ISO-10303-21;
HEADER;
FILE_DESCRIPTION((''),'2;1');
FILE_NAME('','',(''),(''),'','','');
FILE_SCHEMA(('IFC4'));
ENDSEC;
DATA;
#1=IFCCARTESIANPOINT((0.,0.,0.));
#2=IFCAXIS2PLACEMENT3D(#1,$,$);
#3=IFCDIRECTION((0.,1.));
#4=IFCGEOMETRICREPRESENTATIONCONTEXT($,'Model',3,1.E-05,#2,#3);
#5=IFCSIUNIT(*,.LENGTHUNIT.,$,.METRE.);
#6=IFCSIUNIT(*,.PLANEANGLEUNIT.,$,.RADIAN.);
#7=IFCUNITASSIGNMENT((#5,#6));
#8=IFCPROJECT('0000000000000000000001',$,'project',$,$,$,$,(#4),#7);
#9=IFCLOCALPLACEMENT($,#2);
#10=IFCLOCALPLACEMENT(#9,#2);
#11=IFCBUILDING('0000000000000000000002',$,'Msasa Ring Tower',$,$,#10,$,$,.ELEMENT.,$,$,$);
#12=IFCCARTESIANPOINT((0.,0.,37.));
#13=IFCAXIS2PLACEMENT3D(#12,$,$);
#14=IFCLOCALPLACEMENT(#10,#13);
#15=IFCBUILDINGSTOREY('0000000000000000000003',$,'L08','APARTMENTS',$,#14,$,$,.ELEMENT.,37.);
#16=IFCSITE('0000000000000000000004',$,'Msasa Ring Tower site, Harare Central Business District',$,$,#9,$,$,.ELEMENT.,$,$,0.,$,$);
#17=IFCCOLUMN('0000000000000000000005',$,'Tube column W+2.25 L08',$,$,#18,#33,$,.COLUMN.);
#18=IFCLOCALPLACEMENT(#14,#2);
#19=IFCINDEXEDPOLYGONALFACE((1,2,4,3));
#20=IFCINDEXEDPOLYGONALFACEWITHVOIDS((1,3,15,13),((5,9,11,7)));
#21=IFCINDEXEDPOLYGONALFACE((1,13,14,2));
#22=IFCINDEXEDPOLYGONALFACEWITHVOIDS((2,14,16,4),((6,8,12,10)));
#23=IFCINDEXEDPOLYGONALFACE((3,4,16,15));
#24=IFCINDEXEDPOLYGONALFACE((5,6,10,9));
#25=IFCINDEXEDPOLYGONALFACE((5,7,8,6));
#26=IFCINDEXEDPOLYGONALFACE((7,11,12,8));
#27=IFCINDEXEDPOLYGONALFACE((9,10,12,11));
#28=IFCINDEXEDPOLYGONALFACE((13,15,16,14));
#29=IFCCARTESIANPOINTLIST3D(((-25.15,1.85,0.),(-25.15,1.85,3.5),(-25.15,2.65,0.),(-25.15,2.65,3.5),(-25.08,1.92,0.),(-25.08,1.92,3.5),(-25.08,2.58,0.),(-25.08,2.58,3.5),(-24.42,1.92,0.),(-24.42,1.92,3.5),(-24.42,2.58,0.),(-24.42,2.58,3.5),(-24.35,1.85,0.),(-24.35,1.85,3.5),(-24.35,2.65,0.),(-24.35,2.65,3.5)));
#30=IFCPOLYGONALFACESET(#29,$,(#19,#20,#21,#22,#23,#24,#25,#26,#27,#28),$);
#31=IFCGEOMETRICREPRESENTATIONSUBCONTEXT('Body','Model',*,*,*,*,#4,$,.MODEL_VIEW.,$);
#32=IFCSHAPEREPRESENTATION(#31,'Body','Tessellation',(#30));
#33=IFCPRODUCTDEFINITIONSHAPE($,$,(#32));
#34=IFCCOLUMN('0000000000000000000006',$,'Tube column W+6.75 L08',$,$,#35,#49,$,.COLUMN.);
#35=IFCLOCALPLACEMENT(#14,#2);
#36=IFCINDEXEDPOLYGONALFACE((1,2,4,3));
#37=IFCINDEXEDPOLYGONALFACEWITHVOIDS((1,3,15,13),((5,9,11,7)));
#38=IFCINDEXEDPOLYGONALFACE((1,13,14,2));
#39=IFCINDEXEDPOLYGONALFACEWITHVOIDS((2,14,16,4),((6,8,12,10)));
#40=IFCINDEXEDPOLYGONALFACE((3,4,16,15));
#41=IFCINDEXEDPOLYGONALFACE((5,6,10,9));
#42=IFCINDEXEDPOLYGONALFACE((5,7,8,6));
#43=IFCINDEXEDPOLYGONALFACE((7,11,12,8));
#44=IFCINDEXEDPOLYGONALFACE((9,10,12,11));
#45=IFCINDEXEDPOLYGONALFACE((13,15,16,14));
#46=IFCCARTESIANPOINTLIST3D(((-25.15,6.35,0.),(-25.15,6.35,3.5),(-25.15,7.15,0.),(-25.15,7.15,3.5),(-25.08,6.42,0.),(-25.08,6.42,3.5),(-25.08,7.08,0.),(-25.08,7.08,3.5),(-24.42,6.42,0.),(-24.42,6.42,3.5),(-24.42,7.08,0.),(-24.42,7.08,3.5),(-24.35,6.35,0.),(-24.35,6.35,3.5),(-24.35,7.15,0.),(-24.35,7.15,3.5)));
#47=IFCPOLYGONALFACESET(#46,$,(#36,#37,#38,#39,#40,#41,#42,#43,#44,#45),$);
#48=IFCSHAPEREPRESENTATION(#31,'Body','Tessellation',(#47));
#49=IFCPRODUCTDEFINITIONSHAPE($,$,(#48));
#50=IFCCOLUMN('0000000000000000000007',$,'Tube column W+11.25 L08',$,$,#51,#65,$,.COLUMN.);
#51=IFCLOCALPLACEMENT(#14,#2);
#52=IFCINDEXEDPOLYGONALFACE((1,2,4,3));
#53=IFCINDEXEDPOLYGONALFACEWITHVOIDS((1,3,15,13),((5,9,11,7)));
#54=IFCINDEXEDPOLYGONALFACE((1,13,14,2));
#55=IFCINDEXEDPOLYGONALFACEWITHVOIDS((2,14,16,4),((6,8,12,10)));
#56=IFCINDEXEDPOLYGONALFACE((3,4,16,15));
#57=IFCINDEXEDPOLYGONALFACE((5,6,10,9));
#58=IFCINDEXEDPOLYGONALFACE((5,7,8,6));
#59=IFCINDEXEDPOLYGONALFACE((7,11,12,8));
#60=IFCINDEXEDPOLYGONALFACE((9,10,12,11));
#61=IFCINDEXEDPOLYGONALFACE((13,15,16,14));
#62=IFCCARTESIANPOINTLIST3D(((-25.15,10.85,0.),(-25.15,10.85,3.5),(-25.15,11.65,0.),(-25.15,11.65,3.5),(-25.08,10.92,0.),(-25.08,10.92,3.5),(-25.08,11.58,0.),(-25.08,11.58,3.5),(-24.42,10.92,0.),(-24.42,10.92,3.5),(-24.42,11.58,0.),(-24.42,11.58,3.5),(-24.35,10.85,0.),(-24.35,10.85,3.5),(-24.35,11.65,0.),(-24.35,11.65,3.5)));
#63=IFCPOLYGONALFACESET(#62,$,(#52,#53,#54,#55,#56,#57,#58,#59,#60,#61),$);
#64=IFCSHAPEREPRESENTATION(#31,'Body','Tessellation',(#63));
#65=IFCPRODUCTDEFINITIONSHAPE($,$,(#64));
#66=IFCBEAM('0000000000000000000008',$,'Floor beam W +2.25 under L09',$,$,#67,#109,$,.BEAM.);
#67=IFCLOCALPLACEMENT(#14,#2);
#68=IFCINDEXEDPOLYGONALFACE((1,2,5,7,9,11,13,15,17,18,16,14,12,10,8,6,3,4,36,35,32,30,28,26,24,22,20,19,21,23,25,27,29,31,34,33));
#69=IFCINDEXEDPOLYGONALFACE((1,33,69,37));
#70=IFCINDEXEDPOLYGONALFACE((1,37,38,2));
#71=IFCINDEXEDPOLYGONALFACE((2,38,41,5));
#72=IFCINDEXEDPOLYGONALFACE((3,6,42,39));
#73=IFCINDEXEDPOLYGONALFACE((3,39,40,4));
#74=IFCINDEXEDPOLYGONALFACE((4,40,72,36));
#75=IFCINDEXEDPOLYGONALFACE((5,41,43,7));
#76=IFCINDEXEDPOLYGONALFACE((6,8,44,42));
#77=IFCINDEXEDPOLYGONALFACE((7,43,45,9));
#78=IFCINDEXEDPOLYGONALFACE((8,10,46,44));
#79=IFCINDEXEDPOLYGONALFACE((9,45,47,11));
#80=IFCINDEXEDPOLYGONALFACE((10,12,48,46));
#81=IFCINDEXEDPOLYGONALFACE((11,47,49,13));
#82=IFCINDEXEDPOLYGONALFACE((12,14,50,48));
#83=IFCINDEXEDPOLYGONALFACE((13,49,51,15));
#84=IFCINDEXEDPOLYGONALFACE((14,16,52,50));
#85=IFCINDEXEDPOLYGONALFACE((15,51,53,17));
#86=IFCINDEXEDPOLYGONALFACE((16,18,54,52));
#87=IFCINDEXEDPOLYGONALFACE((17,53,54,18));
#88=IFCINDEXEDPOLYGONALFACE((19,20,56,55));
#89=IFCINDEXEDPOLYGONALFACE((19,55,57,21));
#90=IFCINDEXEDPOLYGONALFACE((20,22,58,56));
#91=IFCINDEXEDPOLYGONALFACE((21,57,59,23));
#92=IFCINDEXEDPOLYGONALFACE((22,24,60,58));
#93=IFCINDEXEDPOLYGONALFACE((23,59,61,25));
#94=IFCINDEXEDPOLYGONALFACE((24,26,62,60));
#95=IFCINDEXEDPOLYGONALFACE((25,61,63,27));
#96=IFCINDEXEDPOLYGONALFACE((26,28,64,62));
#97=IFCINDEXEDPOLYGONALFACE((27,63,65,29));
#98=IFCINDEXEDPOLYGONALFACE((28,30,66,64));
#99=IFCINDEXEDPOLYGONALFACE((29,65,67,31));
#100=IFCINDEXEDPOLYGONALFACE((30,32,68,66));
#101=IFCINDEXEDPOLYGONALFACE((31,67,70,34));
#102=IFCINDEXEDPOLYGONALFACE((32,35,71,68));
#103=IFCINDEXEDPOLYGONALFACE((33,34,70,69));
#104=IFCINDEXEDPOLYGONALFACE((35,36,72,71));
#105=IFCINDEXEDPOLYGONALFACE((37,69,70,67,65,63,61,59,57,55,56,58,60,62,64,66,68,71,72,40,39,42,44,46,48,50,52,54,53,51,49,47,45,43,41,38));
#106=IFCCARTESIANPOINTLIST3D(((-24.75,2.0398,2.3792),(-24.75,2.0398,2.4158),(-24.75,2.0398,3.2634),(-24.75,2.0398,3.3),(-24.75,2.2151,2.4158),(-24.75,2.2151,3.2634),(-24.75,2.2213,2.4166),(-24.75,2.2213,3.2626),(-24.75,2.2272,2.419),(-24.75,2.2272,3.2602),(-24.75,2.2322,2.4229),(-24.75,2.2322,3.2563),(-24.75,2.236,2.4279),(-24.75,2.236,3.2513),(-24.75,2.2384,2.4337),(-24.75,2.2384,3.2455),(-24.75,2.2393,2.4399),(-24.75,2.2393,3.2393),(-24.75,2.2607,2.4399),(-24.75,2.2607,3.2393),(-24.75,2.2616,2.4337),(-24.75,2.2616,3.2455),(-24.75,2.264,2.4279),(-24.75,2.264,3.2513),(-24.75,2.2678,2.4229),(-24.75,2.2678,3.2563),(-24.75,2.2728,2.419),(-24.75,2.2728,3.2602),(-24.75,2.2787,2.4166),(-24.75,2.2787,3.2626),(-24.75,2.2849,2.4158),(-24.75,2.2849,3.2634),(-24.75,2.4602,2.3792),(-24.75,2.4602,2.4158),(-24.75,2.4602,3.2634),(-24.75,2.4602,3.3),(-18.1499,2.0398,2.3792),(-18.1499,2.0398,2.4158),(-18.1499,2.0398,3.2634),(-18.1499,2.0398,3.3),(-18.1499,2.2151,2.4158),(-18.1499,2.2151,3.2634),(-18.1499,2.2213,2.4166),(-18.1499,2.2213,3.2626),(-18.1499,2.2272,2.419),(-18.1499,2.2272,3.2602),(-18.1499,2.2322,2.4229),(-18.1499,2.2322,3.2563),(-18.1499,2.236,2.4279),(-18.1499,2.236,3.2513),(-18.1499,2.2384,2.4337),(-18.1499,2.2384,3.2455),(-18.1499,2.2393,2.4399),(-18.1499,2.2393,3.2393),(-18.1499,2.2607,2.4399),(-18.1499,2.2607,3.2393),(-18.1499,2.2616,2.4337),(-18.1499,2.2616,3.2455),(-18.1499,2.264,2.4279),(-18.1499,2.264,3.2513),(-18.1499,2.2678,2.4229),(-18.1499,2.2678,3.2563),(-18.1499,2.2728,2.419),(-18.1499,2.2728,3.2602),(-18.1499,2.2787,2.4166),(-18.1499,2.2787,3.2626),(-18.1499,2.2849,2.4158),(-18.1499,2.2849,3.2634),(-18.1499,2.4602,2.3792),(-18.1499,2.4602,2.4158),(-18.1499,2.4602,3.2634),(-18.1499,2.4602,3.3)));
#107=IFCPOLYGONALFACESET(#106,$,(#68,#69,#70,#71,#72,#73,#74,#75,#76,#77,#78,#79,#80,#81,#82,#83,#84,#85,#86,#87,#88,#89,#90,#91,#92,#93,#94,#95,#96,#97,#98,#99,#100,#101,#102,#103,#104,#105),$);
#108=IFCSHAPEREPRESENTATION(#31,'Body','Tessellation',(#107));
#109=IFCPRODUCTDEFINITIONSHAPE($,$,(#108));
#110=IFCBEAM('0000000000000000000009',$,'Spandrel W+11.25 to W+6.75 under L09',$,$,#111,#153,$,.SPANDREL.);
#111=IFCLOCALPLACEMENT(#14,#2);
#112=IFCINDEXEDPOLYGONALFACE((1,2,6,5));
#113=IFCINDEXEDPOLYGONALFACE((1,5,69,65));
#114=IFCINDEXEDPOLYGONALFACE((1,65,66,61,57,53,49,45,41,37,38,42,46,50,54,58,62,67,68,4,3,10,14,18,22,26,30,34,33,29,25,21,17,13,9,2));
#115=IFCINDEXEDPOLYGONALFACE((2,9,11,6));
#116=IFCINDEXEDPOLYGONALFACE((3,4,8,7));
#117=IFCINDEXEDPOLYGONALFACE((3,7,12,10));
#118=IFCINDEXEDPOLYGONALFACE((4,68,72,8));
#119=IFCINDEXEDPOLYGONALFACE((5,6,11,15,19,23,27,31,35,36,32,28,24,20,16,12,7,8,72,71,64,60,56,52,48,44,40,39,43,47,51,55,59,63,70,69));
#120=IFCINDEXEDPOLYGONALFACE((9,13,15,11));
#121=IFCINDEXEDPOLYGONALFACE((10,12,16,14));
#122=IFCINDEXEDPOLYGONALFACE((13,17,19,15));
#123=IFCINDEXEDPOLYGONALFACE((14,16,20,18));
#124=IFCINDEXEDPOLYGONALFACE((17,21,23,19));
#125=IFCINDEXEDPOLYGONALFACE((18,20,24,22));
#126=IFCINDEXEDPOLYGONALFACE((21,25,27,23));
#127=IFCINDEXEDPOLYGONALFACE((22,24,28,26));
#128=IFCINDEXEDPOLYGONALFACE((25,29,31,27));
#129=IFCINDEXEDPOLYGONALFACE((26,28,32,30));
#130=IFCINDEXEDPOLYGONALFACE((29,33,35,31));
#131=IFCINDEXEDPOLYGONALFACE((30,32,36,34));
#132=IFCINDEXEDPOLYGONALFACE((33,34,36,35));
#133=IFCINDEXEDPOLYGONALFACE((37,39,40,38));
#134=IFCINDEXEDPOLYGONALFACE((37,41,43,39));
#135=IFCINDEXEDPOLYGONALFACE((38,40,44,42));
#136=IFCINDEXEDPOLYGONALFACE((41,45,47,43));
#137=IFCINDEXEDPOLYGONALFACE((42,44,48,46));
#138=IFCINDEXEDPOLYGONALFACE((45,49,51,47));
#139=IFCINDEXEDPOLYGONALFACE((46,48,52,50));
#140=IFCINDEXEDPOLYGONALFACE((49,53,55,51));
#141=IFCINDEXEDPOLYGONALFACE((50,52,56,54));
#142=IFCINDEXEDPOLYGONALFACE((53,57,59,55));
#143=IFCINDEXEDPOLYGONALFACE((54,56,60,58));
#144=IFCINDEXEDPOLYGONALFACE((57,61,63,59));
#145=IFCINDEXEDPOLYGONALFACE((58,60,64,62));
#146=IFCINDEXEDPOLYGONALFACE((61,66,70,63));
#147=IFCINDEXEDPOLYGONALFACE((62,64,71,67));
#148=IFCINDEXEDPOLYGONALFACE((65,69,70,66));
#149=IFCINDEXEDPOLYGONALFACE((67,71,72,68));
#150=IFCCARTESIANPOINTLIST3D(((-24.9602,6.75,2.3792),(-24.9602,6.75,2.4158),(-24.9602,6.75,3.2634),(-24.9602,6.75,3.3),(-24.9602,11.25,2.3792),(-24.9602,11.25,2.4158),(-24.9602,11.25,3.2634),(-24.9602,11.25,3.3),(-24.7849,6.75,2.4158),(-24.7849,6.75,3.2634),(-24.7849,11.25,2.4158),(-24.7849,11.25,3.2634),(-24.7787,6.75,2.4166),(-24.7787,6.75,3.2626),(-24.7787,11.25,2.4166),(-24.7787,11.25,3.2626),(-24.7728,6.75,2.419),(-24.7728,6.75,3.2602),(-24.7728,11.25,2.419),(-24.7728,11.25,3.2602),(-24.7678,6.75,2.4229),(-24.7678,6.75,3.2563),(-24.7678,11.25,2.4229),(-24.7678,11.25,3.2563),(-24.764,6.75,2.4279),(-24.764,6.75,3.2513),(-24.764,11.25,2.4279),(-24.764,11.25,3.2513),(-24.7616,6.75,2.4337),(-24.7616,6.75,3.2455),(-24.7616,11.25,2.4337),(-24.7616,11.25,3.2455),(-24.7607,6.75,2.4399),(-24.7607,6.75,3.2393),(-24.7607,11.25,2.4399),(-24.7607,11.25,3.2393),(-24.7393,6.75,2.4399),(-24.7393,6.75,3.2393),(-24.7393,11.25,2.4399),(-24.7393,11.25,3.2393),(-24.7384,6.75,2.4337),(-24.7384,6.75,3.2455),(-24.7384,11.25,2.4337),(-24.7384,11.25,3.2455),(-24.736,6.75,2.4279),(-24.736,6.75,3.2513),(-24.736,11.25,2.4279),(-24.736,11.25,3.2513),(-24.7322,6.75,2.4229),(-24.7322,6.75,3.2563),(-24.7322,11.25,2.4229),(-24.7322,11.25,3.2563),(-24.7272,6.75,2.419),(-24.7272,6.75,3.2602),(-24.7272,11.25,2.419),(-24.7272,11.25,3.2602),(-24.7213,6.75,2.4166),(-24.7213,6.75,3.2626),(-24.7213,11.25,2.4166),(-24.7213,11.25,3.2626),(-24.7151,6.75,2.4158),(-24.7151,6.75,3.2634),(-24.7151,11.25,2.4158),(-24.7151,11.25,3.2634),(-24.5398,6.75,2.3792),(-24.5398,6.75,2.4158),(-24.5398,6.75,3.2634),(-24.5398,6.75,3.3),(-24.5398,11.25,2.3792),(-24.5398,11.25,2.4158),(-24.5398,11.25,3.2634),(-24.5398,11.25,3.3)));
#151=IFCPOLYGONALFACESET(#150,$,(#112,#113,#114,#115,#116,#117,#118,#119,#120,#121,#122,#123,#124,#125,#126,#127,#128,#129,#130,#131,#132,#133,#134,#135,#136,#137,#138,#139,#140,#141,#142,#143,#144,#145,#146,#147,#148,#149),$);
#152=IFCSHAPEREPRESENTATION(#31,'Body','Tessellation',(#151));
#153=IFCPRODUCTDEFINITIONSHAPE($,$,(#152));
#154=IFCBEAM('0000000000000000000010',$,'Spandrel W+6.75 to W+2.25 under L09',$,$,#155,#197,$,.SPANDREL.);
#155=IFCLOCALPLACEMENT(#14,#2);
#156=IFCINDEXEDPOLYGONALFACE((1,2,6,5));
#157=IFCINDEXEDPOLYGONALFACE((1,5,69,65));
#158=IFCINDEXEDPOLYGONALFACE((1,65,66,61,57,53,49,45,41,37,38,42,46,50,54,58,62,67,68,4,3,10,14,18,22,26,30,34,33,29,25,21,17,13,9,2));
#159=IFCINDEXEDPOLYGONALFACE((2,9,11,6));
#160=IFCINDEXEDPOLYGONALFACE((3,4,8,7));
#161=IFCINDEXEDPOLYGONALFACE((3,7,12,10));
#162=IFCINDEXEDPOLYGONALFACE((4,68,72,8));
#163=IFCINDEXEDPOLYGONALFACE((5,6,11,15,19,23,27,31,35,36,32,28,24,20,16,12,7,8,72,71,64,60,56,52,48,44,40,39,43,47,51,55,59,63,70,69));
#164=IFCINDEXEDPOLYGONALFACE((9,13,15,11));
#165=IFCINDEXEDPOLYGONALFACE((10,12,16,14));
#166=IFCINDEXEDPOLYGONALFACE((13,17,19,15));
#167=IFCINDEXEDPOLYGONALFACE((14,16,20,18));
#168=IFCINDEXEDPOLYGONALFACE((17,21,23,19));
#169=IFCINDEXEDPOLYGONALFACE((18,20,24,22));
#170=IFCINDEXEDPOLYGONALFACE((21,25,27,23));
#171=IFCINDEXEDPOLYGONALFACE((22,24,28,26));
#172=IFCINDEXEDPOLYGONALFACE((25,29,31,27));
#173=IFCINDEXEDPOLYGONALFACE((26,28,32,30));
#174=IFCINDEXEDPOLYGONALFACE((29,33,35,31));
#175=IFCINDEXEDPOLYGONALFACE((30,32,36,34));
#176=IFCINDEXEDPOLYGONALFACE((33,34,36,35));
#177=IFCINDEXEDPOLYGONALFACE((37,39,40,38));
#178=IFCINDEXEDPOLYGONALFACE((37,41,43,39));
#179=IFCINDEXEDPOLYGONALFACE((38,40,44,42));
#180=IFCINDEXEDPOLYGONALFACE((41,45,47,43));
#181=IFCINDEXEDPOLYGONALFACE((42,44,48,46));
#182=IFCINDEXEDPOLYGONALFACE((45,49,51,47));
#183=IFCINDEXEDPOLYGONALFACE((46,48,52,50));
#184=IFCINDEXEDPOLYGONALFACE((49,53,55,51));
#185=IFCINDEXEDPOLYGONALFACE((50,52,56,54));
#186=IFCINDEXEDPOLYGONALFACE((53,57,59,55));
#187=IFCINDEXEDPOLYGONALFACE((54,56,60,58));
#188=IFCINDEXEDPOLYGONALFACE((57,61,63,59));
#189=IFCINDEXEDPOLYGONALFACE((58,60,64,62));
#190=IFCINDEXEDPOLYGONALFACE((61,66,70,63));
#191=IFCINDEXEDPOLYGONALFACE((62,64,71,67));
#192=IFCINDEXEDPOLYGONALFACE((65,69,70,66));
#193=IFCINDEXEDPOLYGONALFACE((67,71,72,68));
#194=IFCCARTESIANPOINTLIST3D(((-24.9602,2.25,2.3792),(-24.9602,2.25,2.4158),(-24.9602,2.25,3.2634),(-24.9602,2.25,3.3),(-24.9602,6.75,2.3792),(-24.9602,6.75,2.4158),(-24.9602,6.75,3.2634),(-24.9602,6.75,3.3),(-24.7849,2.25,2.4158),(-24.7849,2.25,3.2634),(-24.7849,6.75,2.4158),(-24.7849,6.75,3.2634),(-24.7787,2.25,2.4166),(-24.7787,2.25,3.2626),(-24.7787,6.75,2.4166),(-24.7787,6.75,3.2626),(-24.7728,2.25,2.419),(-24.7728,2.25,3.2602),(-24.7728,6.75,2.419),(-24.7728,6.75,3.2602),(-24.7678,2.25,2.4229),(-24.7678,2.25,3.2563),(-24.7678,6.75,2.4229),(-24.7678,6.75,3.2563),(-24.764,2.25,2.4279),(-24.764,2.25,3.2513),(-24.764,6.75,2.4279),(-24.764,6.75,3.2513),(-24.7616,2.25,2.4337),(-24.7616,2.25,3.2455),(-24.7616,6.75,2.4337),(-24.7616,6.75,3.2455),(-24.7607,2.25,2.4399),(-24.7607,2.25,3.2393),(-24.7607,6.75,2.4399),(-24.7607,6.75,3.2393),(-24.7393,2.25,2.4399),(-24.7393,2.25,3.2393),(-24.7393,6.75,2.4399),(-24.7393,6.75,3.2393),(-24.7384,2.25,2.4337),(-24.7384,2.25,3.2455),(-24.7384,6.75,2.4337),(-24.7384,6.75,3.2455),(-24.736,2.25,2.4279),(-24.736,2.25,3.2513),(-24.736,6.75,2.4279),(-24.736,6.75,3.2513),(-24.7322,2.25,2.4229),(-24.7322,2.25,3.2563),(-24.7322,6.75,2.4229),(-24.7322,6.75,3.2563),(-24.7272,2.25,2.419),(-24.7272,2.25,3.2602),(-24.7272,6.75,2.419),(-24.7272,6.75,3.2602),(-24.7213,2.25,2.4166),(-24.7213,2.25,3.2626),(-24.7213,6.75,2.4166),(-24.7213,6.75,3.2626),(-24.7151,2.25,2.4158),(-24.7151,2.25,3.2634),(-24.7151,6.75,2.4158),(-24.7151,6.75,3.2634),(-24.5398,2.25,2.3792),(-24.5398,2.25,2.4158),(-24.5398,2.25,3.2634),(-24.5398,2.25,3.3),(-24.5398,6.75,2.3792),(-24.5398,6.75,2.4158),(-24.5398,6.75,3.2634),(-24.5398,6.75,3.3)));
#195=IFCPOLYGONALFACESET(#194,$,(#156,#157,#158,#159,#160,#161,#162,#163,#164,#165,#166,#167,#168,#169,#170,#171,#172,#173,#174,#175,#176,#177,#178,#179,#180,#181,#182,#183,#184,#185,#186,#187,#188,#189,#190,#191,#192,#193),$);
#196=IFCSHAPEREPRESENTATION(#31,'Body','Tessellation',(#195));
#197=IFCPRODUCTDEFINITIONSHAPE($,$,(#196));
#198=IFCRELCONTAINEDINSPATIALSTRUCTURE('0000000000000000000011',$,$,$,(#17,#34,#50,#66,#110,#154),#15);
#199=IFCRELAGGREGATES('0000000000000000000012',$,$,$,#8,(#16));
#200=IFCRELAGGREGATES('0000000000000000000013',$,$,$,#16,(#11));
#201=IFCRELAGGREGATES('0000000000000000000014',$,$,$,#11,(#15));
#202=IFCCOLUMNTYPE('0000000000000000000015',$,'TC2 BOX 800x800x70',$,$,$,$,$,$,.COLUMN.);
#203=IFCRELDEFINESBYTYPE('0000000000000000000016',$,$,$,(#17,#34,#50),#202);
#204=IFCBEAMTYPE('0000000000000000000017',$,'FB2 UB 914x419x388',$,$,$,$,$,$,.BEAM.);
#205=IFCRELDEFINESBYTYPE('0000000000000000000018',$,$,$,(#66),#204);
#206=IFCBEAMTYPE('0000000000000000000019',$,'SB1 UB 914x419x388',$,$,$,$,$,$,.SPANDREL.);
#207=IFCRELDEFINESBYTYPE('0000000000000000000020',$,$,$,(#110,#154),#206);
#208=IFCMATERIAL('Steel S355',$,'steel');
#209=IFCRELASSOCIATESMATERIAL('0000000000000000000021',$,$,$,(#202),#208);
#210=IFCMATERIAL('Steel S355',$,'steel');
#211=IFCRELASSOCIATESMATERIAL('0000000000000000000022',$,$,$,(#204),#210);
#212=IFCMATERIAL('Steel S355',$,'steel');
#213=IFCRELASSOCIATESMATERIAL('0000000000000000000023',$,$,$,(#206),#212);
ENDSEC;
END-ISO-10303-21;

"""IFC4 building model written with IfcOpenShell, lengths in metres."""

from ifc_helpers import new_model, si_unit, direction, frame, origin, origin_2d, place, context, subcontext, project, spatial, hollow_rectangle, i_section, extrude, material, material_profile, profile_set, type_object, element, save


model = new_model("IFC4")

# Units and contexts
model_context = context("Model", 3, precision=1e-05, world=origin(), true_north=direction((0.0, 1.0)))
body_context = subcontext(model_context, "Body", "Model", "MODEL_VIEW")
ifc_project = project(units=[si_unit("LENGTHUNIT", "METRE"), si_unit("PLANEANGLEUNIT", "RADIAN")], contexts=[model_context])

# Site, building, storey
site_placement = place(None, origin())
site = spatial("IfcSite", under=ifc_project, at=site_placement, Name="Msasa Ring Tower site, Harare Central Business District", CompositionType="ELEMENT", RefElevation=0.0)
building_placement = place(site_placement, origin())
building = spatial("IfcBuilding", under=site, at=building_placement, Name="Msasa Ring Tower", CompositionType="ELEMENT")
storey_placement = place(building_placement, frame((0.0, 0.0, 37.0)))
storey = spatial("IfcBuildingStorey", under=building, at=storey_placement, Name="L08", Description="APARTMENTS", CompositionType="ELEMENT", Elevation=37.0)

# Columns
ifc_material_1 = material(Name="Steel S355", Category="steel")
ifc_material_profile_1 = material_profile(ifc_material_1, hollow_rectangle(XDim=0.8, YDim=0.8, WallThickness=0.0701, at=origin_2d()), Name="BOX 800x800x70")
ifc_profile_set_1 = profile_set([ifc_material_profile_1], Name="Steel S355")
column_type = type_object("IfcColumnType", Name="TC2 BOX 800x800x70", PredefinedType="COLUMN", material=ifc_profile_set_1)
for number, where, z_axis, x_axis, name in (
    (1, (-24.75, 2.25, 0.0), (0.0, 0.0, 1.0), (1.0, 0.0, 0.0), "Tube column W+2.25 L08"),
    (2, (-24.75, 6.75, 0.0), (0.0, 0.0, 1.0), (1.0, 0.0, 0.0), "Tube column W+6.75 L08"),
    (3, (-24.75, 11.25, 0.0), (0.0, 0.0, 1.0), (1.0, 0.0, 0.0), "Tube column W+11.25 L08"),
):
    element("IfcColumn", number, at=place(storey_placement, frame(where, z_axis=z_axis, x_axis=x_axis)), inside=storey, type_object=column_type, Name=name, PredefinedType="COLUMN", context=body_context, shape_type="SweptSolid", body=[
        extrude(hollow_rectangle(XDim=0.8, YDim=0.8, WallThickness=0.0701, at=origin_2d()), origin(), (0.0, 0.0, 1.0), 3.5),
    ])

# Beams
ifc_material_2 = material(Name="Steel S355", Category="steel")
ifc_material_profile_2 = material_profile(ifc_material_2, i_section(OverallWidth=0.4204, OverallDepth=0.9209, WebThickness=0.0215, FlangeThickness=0.0366, FilletRadius=0.0242, at=origin_2d()), Name="UB 914x419x388")
ifc_profile_set_2 = profile_set([ifc_material_profile_2], Name="Steel S355")
beam_type_1 = type_object("IfcBeamType", Name="FB2 UB 914x419x388", PredefinedType="BEAM", material=ifc_profile_set_2)
beam_placement = place(storey_placement, frame((-24.75, 2.25, 2.8396), z_axis=(1.0, 0.0, 0.0), x_axis=(0.0, 1.0, 0.0)))
element("IfcBeam", 4, at=beam_placement, inside=storey, type_object=beam_type_1, Name="Floor beam W +2.25 under L09", PredefinedType="BEAM", context=body_context, shape_type="SweptSolid", body=[
    extrude(i_section(OverallWidth=0.4204, OverallDepth=0.9209, WebThickness=0.0215, FlangeThickness=0.0366, FilletRadius=0.0242, at=origin_2d()), origin(), (0.0, 0.0, 1.0), 6.6001),
])
ifc_material_3 = material(Name="Steel S355", Category="steel")
ifc_material_profile_3 = material_profile(ifc_material_3, i_section(OverallWidth=0.4204, OverallDepth=0.9209, WebThickness=0.0215, FlangeThickness=0.0366, FilletRadius=0.0242, at=origin_2d()), Name="UB 914x419x388")
ifc_profile_set_3 = profile_set([ifc_material_profile_3], Name="Steel S355")
beam_type_2 = type_object("IfcBeamType", Name="SB1 UB 914x419x388", PredefinedType="SPANDREL", material=ifc_profile_set_3)
for number, where, z_axis, x_axis, name in (
    (5, (-24.75, 11.25, 2.8396), (0.0, -1.0, 0.0), (1.0, 0.0, 0.0), "Spandrel W+11.25 to W+6.75 under L09"),
    (6, (-24.75, 6.75, 2.8396), (0.0, -1.0, 0.0), (1.0, 0.0, 0.0), "Spandrel W+6.75 to W+2.25 under L09"),
):
    element("IfcBeam", number, at=place(storey_placement, frame(where, z_axis=z_axis, x_axis=x_axis)), inside=storey, type_object=beam_type_2, Name=name, PredefinedType="SPANDREL", context=body_context, shape_type="SweptSolid", body=[
        extrude(i_section(OverallWidth=0.4204, OverallDepth=0.9209, WebThickness=0.0215, FlangeThickness=0.0366, FilletRadius=0.0242, at=origin_2d()), origin(), (0.0, 0.0, 1.0), 4.5),
    ])

save(model, "model.ifc")
